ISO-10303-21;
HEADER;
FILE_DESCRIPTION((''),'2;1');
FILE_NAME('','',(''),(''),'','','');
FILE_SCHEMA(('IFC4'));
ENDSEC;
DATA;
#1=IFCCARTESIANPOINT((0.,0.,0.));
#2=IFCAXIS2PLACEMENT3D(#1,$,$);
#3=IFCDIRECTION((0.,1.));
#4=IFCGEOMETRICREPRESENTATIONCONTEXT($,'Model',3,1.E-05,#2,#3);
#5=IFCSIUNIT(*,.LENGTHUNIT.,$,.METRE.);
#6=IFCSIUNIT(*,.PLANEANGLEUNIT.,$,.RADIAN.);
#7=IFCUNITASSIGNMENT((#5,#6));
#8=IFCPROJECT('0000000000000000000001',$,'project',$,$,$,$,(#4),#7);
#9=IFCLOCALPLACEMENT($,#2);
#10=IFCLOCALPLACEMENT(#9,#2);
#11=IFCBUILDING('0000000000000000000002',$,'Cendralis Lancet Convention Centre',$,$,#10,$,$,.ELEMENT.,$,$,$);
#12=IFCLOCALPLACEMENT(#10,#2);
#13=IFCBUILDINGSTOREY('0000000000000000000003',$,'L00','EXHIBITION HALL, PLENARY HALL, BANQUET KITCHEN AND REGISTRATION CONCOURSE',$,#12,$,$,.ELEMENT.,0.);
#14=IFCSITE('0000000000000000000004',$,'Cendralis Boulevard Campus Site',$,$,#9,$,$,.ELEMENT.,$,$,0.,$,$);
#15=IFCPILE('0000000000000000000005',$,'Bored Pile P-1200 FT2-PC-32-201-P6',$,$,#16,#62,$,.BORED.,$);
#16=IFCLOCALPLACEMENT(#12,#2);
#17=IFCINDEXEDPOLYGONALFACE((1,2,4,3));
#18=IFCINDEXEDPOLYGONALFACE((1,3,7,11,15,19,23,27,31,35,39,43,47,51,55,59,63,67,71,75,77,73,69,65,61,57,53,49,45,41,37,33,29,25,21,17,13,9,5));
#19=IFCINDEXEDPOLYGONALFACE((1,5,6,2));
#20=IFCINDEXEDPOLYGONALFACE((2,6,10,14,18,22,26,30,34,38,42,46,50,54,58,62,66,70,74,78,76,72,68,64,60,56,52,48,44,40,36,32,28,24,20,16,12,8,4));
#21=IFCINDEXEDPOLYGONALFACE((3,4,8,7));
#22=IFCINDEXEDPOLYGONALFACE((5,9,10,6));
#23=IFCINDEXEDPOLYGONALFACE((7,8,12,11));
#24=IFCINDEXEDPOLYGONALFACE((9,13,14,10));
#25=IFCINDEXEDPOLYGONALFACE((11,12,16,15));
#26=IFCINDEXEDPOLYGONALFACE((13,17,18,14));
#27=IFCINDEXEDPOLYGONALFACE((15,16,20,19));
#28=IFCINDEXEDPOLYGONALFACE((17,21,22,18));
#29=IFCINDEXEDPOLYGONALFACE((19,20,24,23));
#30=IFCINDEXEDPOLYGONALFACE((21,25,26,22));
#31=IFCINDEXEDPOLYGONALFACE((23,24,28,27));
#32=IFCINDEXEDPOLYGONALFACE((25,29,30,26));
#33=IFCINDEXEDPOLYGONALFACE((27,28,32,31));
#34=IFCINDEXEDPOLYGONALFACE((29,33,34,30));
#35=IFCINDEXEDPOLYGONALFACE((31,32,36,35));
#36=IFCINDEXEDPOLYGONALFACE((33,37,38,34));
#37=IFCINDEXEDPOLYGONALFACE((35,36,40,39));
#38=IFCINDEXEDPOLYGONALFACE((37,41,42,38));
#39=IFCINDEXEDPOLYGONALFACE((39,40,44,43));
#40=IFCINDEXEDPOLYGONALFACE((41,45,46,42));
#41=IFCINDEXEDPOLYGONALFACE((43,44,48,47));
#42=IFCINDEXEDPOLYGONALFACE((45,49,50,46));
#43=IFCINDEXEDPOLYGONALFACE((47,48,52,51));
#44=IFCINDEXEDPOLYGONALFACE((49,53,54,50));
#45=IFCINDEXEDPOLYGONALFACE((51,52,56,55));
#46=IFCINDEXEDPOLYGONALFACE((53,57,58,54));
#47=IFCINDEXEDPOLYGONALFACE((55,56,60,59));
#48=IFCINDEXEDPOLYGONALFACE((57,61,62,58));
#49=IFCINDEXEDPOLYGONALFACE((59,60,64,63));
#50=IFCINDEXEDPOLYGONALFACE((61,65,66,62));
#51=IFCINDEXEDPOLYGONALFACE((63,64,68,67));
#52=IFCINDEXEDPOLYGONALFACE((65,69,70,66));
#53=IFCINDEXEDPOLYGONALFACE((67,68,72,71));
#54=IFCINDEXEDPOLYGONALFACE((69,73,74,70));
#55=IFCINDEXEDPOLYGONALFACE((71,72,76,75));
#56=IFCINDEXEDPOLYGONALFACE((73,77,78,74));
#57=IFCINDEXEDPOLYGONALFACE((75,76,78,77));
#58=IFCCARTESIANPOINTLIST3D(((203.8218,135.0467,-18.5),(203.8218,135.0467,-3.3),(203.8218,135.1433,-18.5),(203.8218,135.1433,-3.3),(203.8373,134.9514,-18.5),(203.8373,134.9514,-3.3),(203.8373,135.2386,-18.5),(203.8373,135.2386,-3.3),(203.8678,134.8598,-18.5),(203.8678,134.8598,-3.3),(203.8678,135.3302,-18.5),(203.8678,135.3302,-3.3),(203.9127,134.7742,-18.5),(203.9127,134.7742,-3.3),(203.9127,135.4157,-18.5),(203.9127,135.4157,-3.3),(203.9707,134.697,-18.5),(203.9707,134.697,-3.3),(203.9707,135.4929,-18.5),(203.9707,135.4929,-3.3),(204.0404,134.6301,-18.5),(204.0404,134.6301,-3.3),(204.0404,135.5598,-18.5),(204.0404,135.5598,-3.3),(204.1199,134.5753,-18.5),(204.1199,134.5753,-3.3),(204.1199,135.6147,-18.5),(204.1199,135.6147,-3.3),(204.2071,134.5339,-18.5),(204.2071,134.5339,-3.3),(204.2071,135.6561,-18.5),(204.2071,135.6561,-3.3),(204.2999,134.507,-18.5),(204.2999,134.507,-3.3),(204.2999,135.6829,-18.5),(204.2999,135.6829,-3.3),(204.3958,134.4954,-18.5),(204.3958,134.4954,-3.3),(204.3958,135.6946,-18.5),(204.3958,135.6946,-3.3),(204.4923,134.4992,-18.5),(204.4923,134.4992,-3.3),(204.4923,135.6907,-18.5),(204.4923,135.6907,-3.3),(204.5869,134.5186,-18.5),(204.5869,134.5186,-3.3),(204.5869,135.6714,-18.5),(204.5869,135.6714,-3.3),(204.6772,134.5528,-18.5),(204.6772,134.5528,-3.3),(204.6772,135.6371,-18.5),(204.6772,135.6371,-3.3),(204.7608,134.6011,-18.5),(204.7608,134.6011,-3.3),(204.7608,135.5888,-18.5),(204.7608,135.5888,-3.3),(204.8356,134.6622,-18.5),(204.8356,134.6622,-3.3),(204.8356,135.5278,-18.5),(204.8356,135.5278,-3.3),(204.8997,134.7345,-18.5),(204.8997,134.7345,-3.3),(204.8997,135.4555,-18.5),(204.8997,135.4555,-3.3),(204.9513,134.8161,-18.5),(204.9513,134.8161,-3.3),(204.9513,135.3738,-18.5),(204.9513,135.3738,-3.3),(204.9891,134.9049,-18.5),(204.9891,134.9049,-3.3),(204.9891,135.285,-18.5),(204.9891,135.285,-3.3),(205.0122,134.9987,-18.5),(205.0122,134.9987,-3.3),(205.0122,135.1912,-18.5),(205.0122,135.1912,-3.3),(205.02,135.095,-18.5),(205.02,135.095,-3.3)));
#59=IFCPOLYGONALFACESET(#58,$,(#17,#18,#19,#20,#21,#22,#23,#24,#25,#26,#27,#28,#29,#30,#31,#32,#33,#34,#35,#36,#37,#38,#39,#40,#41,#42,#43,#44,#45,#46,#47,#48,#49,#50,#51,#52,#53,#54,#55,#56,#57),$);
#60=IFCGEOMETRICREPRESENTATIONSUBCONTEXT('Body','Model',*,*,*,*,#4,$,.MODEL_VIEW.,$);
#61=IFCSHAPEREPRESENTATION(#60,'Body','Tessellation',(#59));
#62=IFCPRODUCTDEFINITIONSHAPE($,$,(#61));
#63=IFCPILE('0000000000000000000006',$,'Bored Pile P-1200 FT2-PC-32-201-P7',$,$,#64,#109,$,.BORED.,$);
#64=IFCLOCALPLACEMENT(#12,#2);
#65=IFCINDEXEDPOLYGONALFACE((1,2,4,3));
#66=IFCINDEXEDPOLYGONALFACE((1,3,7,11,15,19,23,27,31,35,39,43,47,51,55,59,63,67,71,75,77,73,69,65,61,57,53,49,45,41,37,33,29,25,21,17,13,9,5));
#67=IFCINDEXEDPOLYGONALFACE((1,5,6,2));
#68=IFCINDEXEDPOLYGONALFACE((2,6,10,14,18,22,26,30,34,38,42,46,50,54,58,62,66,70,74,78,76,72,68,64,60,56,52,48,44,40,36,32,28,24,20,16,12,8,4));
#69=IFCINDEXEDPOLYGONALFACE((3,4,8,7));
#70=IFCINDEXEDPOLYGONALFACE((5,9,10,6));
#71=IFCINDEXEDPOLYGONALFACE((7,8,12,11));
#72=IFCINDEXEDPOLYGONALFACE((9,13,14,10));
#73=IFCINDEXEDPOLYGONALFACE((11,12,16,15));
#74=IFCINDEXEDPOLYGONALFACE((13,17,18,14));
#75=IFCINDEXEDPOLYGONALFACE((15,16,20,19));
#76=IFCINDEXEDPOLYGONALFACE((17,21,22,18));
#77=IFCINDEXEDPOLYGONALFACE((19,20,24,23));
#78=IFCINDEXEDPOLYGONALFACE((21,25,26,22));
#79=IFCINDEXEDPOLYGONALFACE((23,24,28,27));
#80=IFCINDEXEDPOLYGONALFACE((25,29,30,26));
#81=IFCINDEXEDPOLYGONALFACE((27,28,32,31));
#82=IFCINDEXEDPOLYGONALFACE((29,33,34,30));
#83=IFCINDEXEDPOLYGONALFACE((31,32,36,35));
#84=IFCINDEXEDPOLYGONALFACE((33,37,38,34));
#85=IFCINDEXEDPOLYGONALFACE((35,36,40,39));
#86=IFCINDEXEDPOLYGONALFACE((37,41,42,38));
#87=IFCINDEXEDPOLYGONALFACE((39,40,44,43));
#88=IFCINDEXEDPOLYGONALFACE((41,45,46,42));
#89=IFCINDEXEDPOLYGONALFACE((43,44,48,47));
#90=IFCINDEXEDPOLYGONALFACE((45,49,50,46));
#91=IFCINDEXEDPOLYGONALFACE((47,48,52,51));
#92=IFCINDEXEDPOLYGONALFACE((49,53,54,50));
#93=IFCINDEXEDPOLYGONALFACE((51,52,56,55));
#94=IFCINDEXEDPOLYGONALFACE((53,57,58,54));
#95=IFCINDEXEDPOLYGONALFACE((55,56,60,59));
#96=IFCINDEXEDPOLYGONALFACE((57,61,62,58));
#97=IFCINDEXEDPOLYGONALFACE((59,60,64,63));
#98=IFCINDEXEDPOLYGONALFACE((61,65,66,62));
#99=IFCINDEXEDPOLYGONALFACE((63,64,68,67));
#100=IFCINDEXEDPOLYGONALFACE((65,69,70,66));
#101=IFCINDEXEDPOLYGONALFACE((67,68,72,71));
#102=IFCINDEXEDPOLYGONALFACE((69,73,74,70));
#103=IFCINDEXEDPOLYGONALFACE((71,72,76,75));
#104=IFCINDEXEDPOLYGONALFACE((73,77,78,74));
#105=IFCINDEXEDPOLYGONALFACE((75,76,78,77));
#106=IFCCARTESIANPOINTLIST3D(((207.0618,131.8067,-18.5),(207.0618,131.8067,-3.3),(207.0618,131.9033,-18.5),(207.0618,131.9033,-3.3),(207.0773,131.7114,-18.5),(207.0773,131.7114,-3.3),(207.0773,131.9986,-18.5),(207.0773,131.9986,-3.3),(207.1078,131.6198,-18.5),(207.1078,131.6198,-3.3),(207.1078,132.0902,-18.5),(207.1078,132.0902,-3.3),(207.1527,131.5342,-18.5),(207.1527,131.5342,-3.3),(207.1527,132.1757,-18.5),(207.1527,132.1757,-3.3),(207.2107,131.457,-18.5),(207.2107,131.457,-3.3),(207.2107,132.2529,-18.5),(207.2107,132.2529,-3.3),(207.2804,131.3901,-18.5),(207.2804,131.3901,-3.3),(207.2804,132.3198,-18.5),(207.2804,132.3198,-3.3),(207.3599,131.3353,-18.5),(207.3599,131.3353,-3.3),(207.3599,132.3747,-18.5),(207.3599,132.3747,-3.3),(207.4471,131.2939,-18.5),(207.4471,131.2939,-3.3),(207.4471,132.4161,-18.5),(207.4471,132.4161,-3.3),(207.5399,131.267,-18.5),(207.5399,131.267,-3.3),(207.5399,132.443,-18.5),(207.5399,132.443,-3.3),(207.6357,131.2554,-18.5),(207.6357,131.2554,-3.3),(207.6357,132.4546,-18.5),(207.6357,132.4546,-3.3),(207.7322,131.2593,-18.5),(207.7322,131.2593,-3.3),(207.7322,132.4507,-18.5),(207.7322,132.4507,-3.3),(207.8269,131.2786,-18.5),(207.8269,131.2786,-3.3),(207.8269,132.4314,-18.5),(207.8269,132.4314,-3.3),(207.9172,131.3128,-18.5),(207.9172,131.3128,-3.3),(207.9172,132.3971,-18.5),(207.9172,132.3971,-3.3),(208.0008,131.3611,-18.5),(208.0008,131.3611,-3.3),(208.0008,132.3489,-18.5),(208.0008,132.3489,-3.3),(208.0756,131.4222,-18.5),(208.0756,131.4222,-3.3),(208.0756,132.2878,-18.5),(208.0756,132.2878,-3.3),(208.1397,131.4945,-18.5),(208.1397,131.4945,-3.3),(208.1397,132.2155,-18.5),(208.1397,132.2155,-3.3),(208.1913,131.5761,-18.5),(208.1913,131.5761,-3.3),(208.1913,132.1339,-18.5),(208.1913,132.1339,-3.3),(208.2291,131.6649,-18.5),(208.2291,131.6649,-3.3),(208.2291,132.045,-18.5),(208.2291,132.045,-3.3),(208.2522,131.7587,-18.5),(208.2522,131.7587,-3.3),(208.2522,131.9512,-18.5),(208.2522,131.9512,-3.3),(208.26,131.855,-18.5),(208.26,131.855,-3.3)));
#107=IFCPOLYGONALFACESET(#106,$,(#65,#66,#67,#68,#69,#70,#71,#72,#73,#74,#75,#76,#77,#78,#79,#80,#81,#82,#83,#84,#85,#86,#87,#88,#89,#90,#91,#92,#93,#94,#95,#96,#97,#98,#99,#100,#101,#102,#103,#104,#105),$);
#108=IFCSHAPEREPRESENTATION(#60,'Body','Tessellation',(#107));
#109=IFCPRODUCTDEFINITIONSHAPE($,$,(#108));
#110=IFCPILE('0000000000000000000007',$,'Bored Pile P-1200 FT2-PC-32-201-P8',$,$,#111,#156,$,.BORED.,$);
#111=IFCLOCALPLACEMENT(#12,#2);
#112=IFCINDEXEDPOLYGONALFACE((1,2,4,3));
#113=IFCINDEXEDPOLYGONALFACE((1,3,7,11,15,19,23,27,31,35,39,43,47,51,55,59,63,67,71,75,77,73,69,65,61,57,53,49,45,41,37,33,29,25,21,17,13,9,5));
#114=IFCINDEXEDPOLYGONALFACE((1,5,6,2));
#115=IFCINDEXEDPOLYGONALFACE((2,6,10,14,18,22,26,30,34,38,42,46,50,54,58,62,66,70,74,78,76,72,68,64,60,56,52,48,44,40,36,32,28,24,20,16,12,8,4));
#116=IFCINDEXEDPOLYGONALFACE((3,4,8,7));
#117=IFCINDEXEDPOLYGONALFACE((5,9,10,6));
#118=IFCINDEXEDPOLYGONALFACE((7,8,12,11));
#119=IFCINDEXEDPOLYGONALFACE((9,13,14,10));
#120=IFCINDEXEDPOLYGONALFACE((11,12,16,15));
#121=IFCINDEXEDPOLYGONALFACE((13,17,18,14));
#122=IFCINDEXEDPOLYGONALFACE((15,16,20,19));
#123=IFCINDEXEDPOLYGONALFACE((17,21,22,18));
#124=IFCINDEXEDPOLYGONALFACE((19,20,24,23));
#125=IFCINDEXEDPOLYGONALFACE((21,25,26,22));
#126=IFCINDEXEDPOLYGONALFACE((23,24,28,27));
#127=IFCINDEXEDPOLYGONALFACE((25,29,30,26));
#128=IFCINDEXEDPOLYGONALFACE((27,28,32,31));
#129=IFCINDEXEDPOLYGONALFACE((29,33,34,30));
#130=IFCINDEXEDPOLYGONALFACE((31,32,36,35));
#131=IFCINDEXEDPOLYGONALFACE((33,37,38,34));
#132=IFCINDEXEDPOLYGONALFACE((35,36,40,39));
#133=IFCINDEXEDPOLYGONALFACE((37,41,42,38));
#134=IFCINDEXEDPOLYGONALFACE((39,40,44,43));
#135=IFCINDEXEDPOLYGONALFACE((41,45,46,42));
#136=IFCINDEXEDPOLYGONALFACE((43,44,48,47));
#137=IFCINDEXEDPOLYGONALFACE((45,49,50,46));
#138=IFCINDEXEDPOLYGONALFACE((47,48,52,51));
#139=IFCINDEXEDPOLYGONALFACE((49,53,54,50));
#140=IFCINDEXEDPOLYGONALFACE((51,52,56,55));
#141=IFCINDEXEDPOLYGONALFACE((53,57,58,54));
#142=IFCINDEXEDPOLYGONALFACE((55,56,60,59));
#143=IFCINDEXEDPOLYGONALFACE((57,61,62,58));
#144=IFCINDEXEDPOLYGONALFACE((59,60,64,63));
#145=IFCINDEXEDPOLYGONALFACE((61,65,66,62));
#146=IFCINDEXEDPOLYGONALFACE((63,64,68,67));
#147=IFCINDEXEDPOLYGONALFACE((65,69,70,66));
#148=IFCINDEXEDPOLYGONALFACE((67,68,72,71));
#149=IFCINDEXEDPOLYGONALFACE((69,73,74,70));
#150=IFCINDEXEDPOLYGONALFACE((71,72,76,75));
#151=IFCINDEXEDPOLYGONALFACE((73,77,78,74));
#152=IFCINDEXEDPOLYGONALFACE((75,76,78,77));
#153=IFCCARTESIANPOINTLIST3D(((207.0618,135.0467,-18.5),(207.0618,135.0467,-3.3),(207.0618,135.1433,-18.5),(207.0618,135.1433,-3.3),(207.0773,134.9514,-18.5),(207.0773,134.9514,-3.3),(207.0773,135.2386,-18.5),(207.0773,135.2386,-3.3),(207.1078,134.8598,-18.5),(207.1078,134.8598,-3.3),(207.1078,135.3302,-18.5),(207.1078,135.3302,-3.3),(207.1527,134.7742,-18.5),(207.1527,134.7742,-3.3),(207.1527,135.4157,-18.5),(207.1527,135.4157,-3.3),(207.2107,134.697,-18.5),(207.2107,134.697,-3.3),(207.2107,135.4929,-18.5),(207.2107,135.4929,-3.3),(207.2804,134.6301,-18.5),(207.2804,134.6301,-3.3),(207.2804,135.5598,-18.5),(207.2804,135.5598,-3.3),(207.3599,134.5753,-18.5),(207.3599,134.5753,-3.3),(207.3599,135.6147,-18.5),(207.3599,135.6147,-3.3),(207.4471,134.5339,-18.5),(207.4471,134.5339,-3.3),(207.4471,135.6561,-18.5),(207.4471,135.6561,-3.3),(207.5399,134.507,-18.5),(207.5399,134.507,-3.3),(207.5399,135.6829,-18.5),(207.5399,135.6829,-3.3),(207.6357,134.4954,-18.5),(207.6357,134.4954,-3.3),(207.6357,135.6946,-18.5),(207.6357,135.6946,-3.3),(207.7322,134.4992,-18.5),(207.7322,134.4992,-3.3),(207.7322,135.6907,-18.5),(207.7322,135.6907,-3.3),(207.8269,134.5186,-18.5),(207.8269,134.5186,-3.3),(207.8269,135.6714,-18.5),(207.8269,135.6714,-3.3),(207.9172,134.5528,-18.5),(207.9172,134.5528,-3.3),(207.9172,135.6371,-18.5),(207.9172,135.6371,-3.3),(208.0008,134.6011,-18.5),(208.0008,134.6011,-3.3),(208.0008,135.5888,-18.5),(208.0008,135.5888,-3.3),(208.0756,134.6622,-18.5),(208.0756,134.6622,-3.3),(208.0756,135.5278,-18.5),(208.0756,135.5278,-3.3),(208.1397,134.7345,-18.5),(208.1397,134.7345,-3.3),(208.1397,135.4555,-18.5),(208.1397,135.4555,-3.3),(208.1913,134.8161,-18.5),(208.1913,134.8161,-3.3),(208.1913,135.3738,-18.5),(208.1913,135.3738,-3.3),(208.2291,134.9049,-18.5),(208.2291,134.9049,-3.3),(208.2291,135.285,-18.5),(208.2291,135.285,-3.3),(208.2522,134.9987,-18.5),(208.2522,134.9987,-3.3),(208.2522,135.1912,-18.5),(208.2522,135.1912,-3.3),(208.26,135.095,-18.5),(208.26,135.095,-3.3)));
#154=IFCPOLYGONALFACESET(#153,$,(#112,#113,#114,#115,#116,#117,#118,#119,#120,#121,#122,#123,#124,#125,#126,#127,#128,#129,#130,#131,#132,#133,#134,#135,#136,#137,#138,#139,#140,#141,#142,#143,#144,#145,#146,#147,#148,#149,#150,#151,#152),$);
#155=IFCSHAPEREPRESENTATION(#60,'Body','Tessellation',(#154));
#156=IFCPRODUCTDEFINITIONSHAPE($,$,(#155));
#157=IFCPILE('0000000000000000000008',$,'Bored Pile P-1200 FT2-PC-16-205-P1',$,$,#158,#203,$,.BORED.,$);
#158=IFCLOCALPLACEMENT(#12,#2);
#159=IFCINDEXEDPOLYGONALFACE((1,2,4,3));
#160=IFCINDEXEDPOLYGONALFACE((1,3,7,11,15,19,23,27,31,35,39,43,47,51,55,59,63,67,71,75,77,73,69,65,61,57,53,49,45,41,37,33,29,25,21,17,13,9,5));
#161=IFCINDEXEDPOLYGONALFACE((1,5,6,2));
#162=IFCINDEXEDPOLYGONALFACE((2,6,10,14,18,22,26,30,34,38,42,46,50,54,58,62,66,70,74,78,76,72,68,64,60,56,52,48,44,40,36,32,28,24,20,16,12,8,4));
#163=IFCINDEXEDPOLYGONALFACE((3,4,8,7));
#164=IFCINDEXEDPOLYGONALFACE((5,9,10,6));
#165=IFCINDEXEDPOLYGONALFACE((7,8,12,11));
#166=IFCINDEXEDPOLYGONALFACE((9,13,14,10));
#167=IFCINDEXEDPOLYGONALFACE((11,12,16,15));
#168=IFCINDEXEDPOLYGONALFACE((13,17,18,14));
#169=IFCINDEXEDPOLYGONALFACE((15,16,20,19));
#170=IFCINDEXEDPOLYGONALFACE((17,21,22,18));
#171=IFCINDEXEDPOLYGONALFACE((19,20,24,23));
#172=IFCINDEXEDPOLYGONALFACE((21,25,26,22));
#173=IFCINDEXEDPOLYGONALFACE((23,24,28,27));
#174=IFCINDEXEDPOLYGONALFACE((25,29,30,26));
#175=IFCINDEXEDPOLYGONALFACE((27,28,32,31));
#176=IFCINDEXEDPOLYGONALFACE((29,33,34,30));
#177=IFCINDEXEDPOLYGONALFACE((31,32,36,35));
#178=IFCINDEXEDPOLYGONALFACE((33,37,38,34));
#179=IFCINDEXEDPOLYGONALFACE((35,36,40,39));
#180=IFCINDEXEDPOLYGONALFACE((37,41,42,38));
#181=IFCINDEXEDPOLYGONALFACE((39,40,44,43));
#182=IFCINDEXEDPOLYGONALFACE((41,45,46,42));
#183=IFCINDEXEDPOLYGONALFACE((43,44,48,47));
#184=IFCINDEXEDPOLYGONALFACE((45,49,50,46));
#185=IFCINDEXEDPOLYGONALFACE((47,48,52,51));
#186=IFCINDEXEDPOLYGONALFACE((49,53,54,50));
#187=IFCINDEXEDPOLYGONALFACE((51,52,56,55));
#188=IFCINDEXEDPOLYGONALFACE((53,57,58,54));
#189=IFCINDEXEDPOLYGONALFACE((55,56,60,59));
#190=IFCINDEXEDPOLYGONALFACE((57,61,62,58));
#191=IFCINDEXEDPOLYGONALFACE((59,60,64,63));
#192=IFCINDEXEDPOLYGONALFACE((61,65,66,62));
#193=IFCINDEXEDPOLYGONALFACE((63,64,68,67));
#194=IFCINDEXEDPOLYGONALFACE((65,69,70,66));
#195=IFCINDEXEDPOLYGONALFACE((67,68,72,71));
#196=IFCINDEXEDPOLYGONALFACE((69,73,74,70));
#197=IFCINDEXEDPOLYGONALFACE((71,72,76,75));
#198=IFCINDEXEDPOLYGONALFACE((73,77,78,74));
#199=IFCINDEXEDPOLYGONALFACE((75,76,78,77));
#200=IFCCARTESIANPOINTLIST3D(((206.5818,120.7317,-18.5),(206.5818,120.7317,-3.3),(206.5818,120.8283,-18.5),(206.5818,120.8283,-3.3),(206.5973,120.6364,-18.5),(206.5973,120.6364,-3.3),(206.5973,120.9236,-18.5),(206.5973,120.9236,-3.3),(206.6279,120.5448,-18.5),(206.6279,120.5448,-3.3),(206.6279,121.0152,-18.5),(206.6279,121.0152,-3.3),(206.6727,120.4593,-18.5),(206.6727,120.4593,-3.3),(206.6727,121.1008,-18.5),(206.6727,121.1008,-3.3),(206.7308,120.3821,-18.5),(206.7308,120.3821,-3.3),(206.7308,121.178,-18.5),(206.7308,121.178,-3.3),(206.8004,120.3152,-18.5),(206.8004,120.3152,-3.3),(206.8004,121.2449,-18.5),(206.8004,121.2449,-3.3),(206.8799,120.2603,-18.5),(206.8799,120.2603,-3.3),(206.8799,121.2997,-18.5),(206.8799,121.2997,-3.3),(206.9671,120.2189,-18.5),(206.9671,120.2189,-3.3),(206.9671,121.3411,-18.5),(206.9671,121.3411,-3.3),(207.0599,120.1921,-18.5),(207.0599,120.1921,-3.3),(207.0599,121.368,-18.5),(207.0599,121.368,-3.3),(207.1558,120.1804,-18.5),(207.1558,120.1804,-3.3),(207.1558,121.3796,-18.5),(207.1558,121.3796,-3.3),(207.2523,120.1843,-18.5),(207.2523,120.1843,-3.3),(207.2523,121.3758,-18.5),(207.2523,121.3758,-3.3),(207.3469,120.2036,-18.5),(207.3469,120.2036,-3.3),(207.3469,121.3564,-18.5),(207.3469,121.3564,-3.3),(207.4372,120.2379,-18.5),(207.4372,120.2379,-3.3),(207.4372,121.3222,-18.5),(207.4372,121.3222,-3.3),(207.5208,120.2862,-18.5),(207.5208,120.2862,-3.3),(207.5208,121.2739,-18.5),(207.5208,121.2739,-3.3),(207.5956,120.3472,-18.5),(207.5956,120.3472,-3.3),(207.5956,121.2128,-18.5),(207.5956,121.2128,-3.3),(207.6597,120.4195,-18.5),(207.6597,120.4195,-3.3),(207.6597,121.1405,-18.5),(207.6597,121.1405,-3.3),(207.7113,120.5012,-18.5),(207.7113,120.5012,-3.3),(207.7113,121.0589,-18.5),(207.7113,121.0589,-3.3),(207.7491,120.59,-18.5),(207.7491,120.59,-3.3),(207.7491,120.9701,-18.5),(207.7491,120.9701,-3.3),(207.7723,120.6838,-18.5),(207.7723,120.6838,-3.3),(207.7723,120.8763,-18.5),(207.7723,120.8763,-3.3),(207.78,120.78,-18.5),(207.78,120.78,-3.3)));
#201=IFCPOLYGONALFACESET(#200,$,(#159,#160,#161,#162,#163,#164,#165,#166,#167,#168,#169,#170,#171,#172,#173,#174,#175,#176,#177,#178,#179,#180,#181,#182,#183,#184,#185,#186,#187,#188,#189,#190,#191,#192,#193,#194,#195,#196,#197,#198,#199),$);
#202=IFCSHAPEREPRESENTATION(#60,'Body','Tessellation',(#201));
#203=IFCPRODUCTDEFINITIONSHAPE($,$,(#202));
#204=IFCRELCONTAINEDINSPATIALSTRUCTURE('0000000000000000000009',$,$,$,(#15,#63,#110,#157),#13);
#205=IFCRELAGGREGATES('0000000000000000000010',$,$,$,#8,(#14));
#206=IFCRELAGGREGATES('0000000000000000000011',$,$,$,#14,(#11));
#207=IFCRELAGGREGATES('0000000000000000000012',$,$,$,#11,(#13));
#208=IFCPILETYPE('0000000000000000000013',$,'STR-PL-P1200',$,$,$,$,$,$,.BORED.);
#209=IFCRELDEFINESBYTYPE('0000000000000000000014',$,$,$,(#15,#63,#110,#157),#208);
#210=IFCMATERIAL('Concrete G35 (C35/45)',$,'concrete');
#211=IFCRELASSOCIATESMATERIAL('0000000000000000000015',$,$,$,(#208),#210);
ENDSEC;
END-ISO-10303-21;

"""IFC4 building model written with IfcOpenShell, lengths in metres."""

from ifc_helpers import new_model, si_unit, direction, frame, origin, origin_2d, place, context, subcontext, project, spatial, circle, extrude, material, material_profile, profile_set, type_object, element, save


model = new_model("IFC4")

# Units and contexts
model_context = context("Model", 3, precision=1e-05, world=origin(), true_north=direction((0.0, 1.0)))
body_context = subcontext(model_context, "Body", "Model", "MODEL_VIEW")
ifc_project = project(units=[si_unit("LENGTHUNIT", "METRE"), si_unit("PLANEANGLEUNIT", "RADIAN")], contexts=[model_context])

# Site, building, storey
site_placement = place(None, origin())
site = spatial("IfcSite", under=ifc_project, at=site_placement, Name="Cendralis Boulevard Campus Site", CompositionType="ELEMENT", RefElevation=0.0)
building_placement = place(site_placement, origin())
building = spatial("IfcBuilding", under=site, at=building_placement, Name="Cendralis Lancet Convention Centre", CompositionType="ELEMENT")
storey_placement = place(building_placement, origin())
storey = spatial("IfcBuildingStorey", under=building, at=storey_placement, Name="L00", Description="EXHIBITION HALL, PLENARY HALL, BANQUET KITCHEN AND REGISTRATION CONCOURSE", CompositionType="ELEMENT", Elevation=0.0)

# Shared definitions
ifc_material_1 = material(Name="Concrete G35 (C35/45)", Category="concrete")

# Piles
ifc_material_profile_1 = material_profile(ifc_material_1, circle(Radius=0.6001, at=origin_2d()), Name="BORED PILE D1200")
ifc_profile_set_1 = profile_set([ifc_material_profile_1], Name="Concrete G35 (C35/45)")
pile_type = type_object("IfcPileType", Name="STR-PL-P1200", PredefinedType="BORED", material=ifc_profile_set_1)
for number, where, z_axis, x_axis, name in (
    (1, (204.4199, 135.095, -3.3), (0.0, 0.0, -1.0), (1.0, 0.0, 0.0), "Bored Pile P-1200 FT2-PC-32-201-P6"),
    (2, (207.6599, 131.855, -3.3), (0.0, 0.0, -1.0), (1.0, 0.0, 0.0), "Bored Pile P-1200 FT2-PC-32-201-P7"),
    (3, (207.6599, 135.095, -3.3), (0.0, 0.0, -1.0), (1.0, 0.0, 0.0), "Bored Pile P-1200 FT2-PC-32-201-P8"),
    (4, (207.1799, 120.78, -3.3), (0.0, 0.0, -1.0), (1.0, 0.0, 0.0), "Bored Pile P-1200 FT2-PC-16-205-P1"),
):
    element("IfcPile", number, at=place(storey_placement, frame(where, z_axis=z_axis, x_axis=x_axis)), inside=storey, type_object=pile_type, Name=name, PredefinedType="BORED", context=body_context, shape_type="SweptSolid", body=[
        extrude(circle(Radius=0.6001, at=origin_2d()), origin(), (0.0, 0.0, 1.0), 15.2),
    ])

save(model, "model.ifc")
